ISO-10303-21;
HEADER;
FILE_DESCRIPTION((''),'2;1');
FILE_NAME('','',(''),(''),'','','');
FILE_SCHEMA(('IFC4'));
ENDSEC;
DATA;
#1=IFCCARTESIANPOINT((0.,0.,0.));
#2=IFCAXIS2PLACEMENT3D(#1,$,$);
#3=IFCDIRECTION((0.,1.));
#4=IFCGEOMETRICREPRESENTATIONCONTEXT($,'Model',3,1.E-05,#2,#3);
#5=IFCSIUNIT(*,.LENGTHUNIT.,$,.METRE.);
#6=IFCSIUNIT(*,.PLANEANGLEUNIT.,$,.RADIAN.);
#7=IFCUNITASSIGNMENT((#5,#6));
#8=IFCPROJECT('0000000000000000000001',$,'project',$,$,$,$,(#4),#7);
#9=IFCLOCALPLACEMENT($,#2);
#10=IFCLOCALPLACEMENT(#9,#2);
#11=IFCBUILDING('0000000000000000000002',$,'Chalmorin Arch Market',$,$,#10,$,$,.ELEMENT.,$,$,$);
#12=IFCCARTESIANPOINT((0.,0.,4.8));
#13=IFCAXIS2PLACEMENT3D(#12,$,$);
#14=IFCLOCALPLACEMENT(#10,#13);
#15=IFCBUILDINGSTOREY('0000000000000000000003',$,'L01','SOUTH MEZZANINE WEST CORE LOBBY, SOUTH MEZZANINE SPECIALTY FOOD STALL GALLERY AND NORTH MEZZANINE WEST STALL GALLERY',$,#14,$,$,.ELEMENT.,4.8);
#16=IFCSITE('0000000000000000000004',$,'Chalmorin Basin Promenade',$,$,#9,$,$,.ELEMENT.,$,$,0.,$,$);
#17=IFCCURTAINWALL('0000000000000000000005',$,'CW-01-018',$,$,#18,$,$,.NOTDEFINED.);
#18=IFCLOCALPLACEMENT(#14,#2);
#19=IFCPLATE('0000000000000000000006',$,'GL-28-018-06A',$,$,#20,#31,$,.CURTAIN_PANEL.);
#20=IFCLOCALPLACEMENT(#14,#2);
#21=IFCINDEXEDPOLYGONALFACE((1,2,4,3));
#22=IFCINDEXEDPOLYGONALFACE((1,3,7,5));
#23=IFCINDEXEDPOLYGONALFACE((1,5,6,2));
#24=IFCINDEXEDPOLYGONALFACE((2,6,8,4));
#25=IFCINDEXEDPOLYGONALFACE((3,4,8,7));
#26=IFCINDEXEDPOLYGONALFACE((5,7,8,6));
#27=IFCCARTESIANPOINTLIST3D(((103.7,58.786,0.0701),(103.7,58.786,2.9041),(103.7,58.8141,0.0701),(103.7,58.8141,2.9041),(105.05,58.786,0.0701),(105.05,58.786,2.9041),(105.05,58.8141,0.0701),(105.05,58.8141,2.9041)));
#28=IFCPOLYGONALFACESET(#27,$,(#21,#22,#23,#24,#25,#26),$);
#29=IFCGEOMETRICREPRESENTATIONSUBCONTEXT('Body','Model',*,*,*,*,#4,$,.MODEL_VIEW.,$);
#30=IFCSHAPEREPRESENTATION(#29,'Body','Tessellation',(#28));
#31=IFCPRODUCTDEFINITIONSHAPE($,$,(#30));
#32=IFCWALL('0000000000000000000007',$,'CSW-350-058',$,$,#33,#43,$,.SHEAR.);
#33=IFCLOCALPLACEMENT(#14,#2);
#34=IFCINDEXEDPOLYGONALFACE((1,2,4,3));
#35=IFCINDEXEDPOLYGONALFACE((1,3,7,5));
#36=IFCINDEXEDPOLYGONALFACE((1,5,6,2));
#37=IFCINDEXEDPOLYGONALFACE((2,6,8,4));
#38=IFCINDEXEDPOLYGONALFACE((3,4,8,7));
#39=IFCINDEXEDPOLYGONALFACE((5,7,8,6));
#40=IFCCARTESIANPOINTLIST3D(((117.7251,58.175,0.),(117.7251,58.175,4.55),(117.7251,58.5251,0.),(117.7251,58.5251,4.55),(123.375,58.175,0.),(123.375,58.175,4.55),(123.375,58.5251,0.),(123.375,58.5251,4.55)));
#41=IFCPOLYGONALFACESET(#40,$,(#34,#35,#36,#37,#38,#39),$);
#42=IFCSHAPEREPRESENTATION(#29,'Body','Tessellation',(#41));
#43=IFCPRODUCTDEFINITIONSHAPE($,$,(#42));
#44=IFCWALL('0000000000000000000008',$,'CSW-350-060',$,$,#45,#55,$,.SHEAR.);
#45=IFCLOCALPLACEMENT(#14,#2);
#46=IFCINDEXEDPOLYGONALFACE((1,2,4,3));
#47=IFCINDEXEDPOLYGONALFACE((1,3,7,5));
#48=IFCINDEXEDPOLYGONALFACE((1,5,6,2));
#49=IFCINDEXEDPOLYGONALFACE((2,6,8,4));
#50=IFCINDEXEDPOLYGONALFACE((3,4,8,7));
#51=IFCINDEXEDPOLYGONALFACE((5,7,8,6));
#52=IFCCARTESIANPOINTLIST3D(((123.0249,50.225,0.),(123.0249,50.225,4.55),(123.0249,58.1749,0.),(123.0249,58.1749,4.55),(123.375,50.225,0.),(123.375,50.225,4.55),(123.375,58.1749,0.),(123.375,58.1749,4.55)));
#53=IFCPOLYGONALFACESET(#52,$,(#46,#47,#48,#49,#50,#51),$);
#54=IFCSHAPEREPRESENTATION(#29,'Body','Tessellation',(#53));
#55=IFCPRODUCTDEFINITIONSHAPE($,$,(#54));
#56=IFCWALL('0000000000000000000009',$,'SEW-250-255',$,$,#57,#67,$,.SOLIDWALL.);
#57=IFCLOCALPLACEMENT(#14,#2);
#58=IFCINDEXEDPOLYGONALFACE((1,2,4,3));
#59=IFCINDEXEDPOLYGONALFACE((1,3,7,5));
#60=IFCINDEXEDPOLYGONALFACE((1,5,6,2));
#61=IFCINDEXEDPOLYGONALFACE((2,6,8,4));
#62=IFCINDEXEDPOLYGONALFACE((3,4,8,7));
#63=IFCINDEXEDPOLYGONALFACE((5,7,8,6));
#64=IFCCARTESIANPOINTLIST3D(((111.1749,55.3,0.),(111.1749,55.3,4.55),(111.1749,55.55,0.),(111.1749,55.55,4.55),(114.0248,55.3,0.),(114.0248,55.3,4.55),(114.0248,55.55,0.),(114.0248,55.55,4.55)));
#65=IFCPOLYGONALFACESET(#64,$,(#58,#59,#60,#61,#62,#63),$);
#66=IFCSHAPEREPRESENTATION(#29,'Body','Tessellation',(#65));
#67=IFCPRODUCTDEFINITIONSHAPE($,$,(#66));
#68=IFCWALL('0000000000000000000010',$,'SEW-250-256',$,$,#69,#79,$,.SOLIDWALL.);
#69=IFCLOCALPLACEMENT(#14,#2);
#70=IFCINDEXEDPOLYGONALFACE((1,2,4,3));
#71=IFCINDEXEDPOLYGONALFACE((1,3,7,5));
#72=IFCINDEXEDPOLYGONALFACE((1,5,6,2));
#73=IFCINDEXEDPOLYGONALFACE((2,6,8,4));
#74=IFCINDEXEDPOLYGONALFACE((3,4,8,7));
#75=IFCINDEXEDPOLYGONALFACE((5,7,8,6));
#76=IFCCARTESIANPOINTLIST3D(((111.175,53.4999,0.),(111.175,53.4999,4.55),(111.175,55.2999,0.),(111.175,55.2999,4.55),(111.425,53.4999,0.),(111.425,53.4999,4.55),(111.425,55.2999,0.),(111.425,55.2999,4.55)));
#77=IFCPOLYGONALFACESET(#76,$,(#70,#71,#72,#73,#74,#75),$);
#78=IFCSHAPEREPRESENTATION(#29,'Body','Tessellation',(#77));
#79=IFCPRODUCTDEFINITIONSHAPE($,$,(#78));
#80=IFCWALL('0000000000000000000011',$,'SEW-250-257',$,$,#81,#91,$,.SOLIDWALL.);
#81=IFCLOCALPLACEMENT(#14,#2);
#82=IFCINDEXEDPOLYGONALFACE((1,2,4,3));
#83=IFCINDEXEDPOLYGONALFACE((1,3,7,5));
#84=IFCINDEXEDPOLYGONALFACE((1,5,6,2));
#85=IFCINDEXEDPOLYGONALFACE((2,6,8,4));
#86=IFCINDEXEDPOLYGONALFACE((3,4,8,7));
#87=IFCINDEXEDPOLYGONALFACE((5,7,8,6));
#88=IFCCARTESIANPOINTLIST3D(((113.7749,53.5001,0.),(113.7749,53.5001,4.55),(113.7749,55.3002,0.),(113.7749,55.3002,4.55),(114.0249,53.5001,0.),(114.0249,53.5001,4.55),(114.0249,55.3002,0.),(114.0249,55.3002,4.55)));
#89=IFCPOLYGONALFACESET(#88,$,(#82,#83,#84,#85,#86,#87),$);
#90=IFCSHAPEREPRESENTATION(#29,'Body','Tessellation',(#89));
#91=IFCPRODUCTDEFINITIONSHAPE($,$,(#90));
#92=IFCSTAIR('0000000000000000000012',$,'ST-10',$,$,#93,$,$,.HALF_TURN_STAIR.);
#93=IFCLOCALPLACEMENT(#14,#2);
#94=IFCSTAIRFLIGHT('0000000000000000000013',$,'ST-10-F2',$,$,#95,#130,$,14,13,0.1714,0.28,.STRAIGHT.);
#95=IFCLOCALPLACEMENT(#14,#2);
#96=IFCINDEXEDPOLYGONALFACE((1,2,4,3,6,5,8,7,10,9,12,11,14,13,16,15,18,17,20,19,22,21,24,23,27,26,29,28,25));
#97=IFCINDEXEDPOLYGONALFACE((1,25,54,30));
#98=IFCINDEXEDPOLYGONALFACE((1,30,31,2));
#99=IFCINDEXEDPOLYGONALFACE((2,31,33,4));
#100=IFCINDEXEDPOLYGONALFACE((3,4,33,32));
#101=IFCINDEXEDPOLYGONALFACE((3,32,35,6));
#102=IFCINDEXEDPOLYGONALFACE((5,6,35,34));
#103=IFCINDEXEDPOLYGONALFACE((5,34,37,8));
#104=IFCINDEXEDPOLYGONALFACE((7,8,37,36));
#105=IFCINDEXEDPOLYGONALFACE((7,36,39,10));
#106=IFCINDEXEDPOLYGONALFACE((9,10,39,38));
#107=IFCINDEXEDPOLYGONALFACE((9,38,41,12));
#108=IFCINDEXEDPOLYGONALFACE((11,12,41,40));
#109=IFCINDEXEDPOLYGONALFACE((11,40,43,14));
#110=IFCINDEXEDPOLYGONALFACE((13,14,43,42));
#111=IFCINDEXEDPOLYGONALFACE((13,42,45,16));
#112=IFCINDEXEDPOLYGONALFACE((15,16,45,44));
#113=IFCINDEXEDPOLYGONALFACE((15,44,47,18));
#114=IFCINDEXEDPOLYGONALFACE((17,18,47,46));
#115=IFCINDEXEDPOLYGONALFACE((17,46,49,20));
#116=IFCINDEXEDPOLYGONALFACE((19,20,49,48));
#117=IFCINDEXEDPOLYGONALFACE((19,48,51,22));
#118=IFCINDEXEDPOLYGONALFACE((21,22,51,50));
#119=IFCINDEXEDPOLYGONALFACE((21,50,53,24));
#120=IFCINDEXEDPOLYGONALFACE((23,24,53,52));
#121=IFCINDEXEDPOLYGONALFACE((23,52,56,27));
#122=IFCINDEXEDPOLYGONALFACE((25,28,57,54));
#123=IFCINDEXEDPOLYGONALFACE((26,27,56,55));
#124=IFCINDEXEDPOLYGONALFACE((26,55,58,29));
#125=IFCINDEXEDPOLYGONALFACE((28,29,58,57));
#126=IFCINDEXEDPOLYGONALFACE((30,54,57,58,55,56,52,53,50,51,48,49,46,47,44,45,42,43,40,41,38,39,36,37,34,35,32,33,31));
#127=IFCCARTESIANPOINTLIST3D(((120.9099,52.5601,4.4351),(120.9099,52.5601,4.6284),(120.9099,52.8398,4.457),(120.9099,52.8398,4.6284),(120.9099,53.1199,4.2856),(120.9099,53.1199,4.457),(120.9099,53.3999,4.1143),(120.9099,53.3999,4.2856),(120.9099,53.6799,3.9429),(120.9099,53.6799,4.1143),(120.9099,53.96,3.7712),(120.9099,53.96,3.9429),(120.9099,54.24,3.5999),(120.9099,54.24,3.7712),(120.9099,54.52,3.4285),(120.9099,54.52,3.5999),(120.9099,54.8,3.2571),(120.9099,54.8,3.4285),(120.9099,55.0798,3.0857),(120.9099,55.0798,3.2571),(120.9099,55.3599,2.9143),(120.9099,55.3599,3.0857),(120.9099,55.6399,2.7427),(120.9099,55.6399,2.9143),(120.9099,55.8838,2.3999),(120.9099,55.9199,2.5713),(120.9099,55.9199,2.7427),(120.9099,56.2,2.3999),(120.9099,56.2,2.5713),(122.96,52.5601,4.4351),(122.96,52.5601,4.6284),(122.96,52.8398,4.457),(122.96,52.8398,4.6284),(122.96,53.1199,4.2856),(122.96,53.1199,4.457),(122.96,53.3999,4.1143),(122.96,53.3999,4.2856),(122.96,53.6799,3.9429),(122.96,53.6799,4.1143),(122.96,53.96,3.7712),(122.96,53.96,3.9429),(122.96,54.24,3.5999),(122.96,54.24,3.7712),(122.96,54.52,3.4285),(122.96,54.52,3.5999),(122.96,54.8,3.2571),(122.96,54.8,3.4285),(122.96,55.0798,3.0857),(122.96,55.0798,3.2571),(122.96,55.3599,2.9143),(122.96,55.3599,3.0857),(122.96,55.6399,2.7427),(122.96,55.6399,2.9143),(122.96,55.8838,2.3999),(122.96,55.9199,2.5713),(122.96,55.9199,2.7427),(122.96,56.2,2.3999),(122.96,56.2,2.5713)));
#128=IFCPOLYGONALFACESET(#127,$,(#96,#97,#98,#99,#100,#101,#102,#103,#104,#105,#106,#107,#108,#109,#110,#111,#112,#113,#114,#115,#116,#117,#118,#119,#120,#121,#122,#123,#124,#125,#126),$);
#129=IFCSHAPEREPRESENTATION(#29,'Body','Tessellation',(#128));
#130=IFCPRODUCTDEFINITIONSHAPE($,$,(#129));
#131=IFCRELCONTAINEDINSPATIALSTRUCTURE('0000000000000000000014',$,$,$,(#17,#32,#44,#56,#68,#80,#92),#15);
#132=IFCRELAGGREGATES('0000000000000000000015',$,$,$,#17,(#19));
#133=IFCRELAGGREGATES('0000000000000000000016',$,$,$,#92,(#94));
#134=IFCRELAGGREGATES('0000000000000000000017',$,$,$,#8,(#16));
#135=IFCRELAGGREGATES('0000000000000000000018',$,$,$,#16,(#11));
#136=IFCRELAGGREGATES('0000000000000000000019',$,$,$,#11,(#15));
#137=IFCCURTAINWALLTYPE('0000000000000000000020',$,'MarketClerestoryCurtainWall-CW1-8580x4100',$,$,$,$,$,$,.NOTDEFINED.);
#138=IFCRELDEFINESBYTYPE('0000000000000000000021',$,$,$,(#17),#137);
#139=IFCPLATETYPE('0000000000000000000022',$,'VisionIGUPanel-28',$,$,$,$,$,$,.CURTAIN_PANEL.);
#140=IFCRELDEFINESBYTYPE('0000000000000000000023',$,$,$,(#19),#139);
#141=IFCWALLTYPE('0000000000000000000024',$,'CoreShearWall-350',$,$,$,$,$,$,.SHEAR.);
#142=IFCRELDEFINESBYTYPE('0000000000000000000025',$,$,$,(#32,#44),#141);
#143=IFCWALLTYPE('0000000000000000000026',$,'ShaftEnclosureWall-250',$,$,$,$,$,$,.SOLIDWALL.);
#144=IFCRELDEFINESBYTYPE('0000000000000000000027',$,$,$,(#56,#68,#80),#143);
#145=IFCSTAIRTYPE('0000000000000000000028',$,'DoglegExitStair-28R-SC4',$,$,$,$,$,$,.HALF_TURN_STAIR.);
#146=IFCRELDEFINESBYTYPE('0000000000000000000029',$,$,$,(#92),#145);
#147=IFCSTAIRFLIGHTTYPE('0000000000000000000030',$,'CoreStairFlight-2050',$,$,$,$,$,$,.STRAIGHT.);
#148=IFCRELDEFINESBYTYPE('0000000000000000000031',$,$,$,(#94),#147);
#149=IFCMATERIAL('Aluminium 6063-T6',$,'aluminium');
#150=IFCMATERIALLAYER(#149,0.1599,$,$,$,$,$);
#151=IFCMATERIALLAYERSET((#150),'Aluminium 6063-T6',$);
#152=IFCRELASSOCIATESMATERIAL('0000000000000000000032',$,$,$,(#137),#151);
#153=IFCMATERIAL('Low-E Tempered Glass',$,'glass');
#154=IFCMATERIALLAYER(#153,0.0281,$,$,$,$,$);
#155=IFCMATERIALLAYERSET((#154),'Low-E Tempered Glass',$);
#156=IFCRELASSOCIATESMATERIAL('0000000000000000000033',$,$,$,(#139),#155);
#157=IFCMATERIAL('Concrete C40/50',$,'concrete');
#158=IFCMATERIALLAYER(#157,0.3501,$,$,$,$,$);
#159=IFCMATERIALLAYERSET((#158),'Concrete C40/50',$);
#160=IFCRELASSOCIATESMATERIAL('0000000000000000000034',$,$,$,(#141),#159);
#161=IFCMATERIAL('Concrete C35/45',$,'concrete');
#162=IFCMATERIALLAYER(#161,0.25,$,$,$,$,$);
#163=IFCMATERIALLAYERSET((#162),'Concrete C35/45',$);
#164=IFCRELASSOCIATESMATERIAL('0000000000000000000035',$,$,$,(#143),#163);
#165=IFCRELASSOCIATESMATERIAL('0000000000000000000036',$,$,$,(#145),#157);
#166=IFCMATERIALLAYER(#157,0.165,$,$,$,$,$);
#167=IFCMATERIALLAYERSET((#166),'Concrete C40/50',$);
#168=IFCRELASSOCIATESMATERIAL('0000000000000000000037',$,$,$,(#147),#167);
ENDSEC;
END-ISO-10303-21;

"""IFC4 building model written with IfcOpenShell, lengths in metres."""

from ifc_helpers import new_model, si_unit, direction, frame, frame_2d, origin, origin_2d, place, context, subcontext, project, spatial, polyline, rectangle, outline, extrude, material, layer, layer_set, type_object, element, aggregate, save


model = new_model("IFC4")

# Units and contexts
model_context = context("Model", 3, precision=1e-05, world=origin(), true_north=direction((0.0, 1.0)))
body_context = subcontext(model_context, "Body", "Model", "MODEL_VIEW")
ifc_project = project(units=[si_unit("LENGTHUNIT", "METRE"), si_unit("PLANEANGLEUNIT", "RADIAN")], contexts=[model_context])

# Site, building, storey
site_placement = place(None, origin())
site = spatial("IfcSite", under=ifc_project, at=site_placement, Name="Chalmorin Basin Promenade", CompositionType="ELEMENT", RefElevation=0.0)
building_placement = place(site_placement, origin())
building = spatial("IfcBuilding", under=site, at=building_placement, Name="Chalmorin Arch Market", CompositionType="ELEMENT")
storey_placement = place(building_placement, frame((0.0, 0.0, 4.8)))
storey = spatial("IfcBuildingStorey", under=building, at=storey_placement, Name="L01", Description="SOUTH MEZZANINE WEST CORE LOBBY, SOUTH MEZZANINE SPECIALTY FOOD STALL GALLERY AND NORTH MEZZANINE WEST STALL GALLERY", CompositionType="ELEMENT", Elevation=4.8)

# Curtain wall
ifc_material_1 = material(Name="Aluminium 6063-T6", Category="aluminium")
ifc_layer_1 = layer(ifc_material_1, 0.1599)
ifc_layer_set_1 = layer_set([ifc_layer_1], Name="Aluminium 6063-T6")
curtain_wall_type = type_object("IfcCurtainWallType", Name="MarketClerestoryCurtainWall-CW1-8580x4100", PredefinedType="NOTDEFINED", material=ifc_layer_set_1)
curtain_wall_placement = place(storey_placement, origin())
curtain_wall = element("IfcCurtainWall", 1, at=curtain_wall_placement, inside=storey, type_object=curtain_wall_type, Name="CW-01-018", PredefinedType="NOTDEFINED")

# Plate
ifc_material_2 = material(Name="Low-E Tempered Glass", Category="glass")
ifc_layer_2 = layer(ifc_material_2, 0.0281)
ifc_layer_set_2 = layer_set([ifc_layer_2], Name="Low-E Tempered Glass")
plate_type_1 = type_object("IfcPlateType", Name="VisionIGUPanel-28", PredefinedType="CURTAIN_PANEL", material=ifc_layer_set_2)
plate_1_placement = place(storey_placement, frame((104.375, 58.8, 0.0701), z_axis=(0.0, 0.0, 1.0), x_axis=(1.0, 0.0, 0.0)))
plate_1 = element("IfcPlate", 2, at=plate_1_placement, type_object=plate_type_1, Name="GL-28-018-06A", PredefinedType="CURTAIN_PANEL", context=body_context, shape_type="SweptSolid", body=[
    extrude(rectangle(XDim=1.3501, YDim=0.0281, at=origin_2d()), origin(), (0.0, 0.0, 1.0), 2.834),
])
aggregate(curtain_wall, [plate_1])

# Walls
ifc_material_3 = material(Name="Concrete C40/50", Category="concrete")
ifc_layer_3 = layer(ifc_material_3, 0.3501)
ifc_layer_set_3 = layer_set([ifc_layer_3], Name="Concrete C40/50")
wall_type_1 = type_object("IfcWallType", Name="CoreShearWall-350", PredefinedType="SHEAR", material=ifc_layer_set_3)
wall_1_placement = place(storey_placement, frame((117.7251, 58.3501, 0.0), z_axis=(0.0, 0.0, 1.0), x_axis=(1.0, 0.0, 0.0)))
element("IfcWall", 3, at=wall_1_placement, inside=storey, type_object=wall_type_1, Name="CSW-350-058", PredefinedType="SHEAR", context=body_context, shape_type="SweptSolid", body=[
    extrude(rectangle(XDim=5.6499, YDim=0.3501, at=frame_2d((2.825, 0.0))), origin(), (0.0, 0.0, 1.0), 4.55),
])
wall_2_placement = place(storey_placement, frame((123.2, 58.175, 0.0), z_axis=(0.0, 0.0, 1.0), x_axis=(0.0, -1.0, 0.0)))
element("IfcWall", 4, at=wall_2_placement, inside=storey, type_object=wall_type_1, Name="CSW-350-060", PredefinedType="SHEAR", context=body_context, shape_type="SweptSolid", body=[
    extrude(rectangle(XDim=7.95, YDim=0.3501, at=frame_2d((3.9751, 0.0))), origin(), (0.0, 0.0, 1.0), 4.55),
])

# Shared definitions
ifc_material_4 = material(Name="Concrete C35/45", Category="concrete")
ifc_layer_4 = layer(ifc_material_4, 0.25)
ifc_layer_set_4 = layer_set([ifc_layer_4], Name="Concrete C35/45")
wall_type_2 = type_object("IfcWallType", Name="ShaftEnclosureWall-250", PredefinedType="SOLIDWALL", material=ifc_layer_set_4)

# Walls
wall_3_placement = place(storey_placement, frame((111.175, 55.425, 0.0), z_axis=(0.0, 0.0, 1.0), x_axis=(1.0, 0.0, 0.0)))
element("IfcWall", 5, at=wall_3_placement, inside=storey, type_object=wall_type_2, Name="SEW-250-255", PredefinedType="SOLIDWALL", context=body_context, shape_type="SweptSolid", body=[
    extrude(rectangle(XDim=2.8499, YDim=0.25, at=frame_2d((1.4248, 0.0))), origin(), (0.0, 0.0, 1.0), 4.55),
])
for number, where, z_axis, x_axis, name in (
    (6, (111.3, 53.5, 0.0), (0.0, 0.0, 1.0), (0.0, 1.0, 0.0), "SEW-250-256"),
    (7, (113.8999, 55.3, 0.0), (0.0, 0.0, 1.0), (0.0, -1.0, 0.0), "SEW-250-257"),
):
    element("IfcWall", number, at=place(storey_placement, frame(where, z_axis=z_axis, x_axis=x_axis)), inside=storey, type_object=wall_type_2, Name=name, PredefinedType="SOLIDWALL", context=body_context, shape_type="SweptSolid", body=[
        extrude(rectangle(XDim=1.8, YDim=0.25, at=frame_2d((0.8999, 0.0))), origin(), (0.0, 0.0, 1.0), 4.55),
    ])

# Stair, stair flight
stair_type = type_object("IfcStairType", Name="DoglegExitStair-28R-SC4", PredefinedType="HALF_TURN_STAIR", material=ifc_material_3)
stair_placement = place(storey_placement, origin())
stair = element("IfcStair", 8, at=stair_placement, inside=storey, type_object=stair_type, Name="ST-10", PredefinedType="HALF_TURN_STAIR")
ifc_layer_5 = layer(ifc_material_3, 0.165)
ifc_layer_set_5 = layer_set([ifc_layer_5], Name="Concrete C40/50")
stair_flight_type = type_object("IfcStairFlightType", Name="CoreStairFlight-2050", PredefinedType="STRAIGHT", material=ifc_layer_set_5)
stair_flight_placement = place(storey_placement, frame((121.9351, 56.2, 2.3999), z_axis=(0.0, 0.0, 1.0), x_axis=(0.0, -1.0, 0.0)))
stair_flight = element("IfcStairFlight", 9, at=stair_flight_placement, type_object=stair_flight_type, Name="ST-10-F2", NumberOfRisers=14, NumberOfTreads=13, PredefinedType="STRAIGHT", RiserHeight=0.1714, TreadLength=0.28, context=body_context, shape_type="SweptSolid", body=[
    extrude(outline(polyline([(0.0, 0.0), (0.0, 0.1714), (0.28, 0.1714), (0.28, 0.3428), (0.5601, 0.3428), (0.5601, 0.5144), (0.8401, 0.5144), (0.8401, 0.6858), (1.1201, 0.6858), (1.1201, 0.8572), (1.3999, 0.8572), (1.3999, 1.0286), (1.6799, 1.0286), (1.6799, 1.2), (1.96, 1.2), (1.96, 1.3713), (2.24, 1.3713), (2.24, 1.543), (2.52, 1.543), (2.52, 1.7144), (2.8, 1.7144), (2.8, 1.8857), (3.0801, 1.8857), (3.0801, 2.0571), (3.3601, 2.0571), (3.3601, 2.2285), (3.6399, 2.2285), (3.6399, 2.3999), (3.6399, 2.0352), (0.3162, 0.0), (0.0, 0.0)])), frame((0.0, 1.0249, 0.0), z_axis=(0.0, -1.0, 0.0), x_axis=(1.0, 0.0, 0.0)), (0.0, 0.0, 1.0), 2.05),
])
aggregate(stair, [stair_flight])

save(model, "model.ifc")
